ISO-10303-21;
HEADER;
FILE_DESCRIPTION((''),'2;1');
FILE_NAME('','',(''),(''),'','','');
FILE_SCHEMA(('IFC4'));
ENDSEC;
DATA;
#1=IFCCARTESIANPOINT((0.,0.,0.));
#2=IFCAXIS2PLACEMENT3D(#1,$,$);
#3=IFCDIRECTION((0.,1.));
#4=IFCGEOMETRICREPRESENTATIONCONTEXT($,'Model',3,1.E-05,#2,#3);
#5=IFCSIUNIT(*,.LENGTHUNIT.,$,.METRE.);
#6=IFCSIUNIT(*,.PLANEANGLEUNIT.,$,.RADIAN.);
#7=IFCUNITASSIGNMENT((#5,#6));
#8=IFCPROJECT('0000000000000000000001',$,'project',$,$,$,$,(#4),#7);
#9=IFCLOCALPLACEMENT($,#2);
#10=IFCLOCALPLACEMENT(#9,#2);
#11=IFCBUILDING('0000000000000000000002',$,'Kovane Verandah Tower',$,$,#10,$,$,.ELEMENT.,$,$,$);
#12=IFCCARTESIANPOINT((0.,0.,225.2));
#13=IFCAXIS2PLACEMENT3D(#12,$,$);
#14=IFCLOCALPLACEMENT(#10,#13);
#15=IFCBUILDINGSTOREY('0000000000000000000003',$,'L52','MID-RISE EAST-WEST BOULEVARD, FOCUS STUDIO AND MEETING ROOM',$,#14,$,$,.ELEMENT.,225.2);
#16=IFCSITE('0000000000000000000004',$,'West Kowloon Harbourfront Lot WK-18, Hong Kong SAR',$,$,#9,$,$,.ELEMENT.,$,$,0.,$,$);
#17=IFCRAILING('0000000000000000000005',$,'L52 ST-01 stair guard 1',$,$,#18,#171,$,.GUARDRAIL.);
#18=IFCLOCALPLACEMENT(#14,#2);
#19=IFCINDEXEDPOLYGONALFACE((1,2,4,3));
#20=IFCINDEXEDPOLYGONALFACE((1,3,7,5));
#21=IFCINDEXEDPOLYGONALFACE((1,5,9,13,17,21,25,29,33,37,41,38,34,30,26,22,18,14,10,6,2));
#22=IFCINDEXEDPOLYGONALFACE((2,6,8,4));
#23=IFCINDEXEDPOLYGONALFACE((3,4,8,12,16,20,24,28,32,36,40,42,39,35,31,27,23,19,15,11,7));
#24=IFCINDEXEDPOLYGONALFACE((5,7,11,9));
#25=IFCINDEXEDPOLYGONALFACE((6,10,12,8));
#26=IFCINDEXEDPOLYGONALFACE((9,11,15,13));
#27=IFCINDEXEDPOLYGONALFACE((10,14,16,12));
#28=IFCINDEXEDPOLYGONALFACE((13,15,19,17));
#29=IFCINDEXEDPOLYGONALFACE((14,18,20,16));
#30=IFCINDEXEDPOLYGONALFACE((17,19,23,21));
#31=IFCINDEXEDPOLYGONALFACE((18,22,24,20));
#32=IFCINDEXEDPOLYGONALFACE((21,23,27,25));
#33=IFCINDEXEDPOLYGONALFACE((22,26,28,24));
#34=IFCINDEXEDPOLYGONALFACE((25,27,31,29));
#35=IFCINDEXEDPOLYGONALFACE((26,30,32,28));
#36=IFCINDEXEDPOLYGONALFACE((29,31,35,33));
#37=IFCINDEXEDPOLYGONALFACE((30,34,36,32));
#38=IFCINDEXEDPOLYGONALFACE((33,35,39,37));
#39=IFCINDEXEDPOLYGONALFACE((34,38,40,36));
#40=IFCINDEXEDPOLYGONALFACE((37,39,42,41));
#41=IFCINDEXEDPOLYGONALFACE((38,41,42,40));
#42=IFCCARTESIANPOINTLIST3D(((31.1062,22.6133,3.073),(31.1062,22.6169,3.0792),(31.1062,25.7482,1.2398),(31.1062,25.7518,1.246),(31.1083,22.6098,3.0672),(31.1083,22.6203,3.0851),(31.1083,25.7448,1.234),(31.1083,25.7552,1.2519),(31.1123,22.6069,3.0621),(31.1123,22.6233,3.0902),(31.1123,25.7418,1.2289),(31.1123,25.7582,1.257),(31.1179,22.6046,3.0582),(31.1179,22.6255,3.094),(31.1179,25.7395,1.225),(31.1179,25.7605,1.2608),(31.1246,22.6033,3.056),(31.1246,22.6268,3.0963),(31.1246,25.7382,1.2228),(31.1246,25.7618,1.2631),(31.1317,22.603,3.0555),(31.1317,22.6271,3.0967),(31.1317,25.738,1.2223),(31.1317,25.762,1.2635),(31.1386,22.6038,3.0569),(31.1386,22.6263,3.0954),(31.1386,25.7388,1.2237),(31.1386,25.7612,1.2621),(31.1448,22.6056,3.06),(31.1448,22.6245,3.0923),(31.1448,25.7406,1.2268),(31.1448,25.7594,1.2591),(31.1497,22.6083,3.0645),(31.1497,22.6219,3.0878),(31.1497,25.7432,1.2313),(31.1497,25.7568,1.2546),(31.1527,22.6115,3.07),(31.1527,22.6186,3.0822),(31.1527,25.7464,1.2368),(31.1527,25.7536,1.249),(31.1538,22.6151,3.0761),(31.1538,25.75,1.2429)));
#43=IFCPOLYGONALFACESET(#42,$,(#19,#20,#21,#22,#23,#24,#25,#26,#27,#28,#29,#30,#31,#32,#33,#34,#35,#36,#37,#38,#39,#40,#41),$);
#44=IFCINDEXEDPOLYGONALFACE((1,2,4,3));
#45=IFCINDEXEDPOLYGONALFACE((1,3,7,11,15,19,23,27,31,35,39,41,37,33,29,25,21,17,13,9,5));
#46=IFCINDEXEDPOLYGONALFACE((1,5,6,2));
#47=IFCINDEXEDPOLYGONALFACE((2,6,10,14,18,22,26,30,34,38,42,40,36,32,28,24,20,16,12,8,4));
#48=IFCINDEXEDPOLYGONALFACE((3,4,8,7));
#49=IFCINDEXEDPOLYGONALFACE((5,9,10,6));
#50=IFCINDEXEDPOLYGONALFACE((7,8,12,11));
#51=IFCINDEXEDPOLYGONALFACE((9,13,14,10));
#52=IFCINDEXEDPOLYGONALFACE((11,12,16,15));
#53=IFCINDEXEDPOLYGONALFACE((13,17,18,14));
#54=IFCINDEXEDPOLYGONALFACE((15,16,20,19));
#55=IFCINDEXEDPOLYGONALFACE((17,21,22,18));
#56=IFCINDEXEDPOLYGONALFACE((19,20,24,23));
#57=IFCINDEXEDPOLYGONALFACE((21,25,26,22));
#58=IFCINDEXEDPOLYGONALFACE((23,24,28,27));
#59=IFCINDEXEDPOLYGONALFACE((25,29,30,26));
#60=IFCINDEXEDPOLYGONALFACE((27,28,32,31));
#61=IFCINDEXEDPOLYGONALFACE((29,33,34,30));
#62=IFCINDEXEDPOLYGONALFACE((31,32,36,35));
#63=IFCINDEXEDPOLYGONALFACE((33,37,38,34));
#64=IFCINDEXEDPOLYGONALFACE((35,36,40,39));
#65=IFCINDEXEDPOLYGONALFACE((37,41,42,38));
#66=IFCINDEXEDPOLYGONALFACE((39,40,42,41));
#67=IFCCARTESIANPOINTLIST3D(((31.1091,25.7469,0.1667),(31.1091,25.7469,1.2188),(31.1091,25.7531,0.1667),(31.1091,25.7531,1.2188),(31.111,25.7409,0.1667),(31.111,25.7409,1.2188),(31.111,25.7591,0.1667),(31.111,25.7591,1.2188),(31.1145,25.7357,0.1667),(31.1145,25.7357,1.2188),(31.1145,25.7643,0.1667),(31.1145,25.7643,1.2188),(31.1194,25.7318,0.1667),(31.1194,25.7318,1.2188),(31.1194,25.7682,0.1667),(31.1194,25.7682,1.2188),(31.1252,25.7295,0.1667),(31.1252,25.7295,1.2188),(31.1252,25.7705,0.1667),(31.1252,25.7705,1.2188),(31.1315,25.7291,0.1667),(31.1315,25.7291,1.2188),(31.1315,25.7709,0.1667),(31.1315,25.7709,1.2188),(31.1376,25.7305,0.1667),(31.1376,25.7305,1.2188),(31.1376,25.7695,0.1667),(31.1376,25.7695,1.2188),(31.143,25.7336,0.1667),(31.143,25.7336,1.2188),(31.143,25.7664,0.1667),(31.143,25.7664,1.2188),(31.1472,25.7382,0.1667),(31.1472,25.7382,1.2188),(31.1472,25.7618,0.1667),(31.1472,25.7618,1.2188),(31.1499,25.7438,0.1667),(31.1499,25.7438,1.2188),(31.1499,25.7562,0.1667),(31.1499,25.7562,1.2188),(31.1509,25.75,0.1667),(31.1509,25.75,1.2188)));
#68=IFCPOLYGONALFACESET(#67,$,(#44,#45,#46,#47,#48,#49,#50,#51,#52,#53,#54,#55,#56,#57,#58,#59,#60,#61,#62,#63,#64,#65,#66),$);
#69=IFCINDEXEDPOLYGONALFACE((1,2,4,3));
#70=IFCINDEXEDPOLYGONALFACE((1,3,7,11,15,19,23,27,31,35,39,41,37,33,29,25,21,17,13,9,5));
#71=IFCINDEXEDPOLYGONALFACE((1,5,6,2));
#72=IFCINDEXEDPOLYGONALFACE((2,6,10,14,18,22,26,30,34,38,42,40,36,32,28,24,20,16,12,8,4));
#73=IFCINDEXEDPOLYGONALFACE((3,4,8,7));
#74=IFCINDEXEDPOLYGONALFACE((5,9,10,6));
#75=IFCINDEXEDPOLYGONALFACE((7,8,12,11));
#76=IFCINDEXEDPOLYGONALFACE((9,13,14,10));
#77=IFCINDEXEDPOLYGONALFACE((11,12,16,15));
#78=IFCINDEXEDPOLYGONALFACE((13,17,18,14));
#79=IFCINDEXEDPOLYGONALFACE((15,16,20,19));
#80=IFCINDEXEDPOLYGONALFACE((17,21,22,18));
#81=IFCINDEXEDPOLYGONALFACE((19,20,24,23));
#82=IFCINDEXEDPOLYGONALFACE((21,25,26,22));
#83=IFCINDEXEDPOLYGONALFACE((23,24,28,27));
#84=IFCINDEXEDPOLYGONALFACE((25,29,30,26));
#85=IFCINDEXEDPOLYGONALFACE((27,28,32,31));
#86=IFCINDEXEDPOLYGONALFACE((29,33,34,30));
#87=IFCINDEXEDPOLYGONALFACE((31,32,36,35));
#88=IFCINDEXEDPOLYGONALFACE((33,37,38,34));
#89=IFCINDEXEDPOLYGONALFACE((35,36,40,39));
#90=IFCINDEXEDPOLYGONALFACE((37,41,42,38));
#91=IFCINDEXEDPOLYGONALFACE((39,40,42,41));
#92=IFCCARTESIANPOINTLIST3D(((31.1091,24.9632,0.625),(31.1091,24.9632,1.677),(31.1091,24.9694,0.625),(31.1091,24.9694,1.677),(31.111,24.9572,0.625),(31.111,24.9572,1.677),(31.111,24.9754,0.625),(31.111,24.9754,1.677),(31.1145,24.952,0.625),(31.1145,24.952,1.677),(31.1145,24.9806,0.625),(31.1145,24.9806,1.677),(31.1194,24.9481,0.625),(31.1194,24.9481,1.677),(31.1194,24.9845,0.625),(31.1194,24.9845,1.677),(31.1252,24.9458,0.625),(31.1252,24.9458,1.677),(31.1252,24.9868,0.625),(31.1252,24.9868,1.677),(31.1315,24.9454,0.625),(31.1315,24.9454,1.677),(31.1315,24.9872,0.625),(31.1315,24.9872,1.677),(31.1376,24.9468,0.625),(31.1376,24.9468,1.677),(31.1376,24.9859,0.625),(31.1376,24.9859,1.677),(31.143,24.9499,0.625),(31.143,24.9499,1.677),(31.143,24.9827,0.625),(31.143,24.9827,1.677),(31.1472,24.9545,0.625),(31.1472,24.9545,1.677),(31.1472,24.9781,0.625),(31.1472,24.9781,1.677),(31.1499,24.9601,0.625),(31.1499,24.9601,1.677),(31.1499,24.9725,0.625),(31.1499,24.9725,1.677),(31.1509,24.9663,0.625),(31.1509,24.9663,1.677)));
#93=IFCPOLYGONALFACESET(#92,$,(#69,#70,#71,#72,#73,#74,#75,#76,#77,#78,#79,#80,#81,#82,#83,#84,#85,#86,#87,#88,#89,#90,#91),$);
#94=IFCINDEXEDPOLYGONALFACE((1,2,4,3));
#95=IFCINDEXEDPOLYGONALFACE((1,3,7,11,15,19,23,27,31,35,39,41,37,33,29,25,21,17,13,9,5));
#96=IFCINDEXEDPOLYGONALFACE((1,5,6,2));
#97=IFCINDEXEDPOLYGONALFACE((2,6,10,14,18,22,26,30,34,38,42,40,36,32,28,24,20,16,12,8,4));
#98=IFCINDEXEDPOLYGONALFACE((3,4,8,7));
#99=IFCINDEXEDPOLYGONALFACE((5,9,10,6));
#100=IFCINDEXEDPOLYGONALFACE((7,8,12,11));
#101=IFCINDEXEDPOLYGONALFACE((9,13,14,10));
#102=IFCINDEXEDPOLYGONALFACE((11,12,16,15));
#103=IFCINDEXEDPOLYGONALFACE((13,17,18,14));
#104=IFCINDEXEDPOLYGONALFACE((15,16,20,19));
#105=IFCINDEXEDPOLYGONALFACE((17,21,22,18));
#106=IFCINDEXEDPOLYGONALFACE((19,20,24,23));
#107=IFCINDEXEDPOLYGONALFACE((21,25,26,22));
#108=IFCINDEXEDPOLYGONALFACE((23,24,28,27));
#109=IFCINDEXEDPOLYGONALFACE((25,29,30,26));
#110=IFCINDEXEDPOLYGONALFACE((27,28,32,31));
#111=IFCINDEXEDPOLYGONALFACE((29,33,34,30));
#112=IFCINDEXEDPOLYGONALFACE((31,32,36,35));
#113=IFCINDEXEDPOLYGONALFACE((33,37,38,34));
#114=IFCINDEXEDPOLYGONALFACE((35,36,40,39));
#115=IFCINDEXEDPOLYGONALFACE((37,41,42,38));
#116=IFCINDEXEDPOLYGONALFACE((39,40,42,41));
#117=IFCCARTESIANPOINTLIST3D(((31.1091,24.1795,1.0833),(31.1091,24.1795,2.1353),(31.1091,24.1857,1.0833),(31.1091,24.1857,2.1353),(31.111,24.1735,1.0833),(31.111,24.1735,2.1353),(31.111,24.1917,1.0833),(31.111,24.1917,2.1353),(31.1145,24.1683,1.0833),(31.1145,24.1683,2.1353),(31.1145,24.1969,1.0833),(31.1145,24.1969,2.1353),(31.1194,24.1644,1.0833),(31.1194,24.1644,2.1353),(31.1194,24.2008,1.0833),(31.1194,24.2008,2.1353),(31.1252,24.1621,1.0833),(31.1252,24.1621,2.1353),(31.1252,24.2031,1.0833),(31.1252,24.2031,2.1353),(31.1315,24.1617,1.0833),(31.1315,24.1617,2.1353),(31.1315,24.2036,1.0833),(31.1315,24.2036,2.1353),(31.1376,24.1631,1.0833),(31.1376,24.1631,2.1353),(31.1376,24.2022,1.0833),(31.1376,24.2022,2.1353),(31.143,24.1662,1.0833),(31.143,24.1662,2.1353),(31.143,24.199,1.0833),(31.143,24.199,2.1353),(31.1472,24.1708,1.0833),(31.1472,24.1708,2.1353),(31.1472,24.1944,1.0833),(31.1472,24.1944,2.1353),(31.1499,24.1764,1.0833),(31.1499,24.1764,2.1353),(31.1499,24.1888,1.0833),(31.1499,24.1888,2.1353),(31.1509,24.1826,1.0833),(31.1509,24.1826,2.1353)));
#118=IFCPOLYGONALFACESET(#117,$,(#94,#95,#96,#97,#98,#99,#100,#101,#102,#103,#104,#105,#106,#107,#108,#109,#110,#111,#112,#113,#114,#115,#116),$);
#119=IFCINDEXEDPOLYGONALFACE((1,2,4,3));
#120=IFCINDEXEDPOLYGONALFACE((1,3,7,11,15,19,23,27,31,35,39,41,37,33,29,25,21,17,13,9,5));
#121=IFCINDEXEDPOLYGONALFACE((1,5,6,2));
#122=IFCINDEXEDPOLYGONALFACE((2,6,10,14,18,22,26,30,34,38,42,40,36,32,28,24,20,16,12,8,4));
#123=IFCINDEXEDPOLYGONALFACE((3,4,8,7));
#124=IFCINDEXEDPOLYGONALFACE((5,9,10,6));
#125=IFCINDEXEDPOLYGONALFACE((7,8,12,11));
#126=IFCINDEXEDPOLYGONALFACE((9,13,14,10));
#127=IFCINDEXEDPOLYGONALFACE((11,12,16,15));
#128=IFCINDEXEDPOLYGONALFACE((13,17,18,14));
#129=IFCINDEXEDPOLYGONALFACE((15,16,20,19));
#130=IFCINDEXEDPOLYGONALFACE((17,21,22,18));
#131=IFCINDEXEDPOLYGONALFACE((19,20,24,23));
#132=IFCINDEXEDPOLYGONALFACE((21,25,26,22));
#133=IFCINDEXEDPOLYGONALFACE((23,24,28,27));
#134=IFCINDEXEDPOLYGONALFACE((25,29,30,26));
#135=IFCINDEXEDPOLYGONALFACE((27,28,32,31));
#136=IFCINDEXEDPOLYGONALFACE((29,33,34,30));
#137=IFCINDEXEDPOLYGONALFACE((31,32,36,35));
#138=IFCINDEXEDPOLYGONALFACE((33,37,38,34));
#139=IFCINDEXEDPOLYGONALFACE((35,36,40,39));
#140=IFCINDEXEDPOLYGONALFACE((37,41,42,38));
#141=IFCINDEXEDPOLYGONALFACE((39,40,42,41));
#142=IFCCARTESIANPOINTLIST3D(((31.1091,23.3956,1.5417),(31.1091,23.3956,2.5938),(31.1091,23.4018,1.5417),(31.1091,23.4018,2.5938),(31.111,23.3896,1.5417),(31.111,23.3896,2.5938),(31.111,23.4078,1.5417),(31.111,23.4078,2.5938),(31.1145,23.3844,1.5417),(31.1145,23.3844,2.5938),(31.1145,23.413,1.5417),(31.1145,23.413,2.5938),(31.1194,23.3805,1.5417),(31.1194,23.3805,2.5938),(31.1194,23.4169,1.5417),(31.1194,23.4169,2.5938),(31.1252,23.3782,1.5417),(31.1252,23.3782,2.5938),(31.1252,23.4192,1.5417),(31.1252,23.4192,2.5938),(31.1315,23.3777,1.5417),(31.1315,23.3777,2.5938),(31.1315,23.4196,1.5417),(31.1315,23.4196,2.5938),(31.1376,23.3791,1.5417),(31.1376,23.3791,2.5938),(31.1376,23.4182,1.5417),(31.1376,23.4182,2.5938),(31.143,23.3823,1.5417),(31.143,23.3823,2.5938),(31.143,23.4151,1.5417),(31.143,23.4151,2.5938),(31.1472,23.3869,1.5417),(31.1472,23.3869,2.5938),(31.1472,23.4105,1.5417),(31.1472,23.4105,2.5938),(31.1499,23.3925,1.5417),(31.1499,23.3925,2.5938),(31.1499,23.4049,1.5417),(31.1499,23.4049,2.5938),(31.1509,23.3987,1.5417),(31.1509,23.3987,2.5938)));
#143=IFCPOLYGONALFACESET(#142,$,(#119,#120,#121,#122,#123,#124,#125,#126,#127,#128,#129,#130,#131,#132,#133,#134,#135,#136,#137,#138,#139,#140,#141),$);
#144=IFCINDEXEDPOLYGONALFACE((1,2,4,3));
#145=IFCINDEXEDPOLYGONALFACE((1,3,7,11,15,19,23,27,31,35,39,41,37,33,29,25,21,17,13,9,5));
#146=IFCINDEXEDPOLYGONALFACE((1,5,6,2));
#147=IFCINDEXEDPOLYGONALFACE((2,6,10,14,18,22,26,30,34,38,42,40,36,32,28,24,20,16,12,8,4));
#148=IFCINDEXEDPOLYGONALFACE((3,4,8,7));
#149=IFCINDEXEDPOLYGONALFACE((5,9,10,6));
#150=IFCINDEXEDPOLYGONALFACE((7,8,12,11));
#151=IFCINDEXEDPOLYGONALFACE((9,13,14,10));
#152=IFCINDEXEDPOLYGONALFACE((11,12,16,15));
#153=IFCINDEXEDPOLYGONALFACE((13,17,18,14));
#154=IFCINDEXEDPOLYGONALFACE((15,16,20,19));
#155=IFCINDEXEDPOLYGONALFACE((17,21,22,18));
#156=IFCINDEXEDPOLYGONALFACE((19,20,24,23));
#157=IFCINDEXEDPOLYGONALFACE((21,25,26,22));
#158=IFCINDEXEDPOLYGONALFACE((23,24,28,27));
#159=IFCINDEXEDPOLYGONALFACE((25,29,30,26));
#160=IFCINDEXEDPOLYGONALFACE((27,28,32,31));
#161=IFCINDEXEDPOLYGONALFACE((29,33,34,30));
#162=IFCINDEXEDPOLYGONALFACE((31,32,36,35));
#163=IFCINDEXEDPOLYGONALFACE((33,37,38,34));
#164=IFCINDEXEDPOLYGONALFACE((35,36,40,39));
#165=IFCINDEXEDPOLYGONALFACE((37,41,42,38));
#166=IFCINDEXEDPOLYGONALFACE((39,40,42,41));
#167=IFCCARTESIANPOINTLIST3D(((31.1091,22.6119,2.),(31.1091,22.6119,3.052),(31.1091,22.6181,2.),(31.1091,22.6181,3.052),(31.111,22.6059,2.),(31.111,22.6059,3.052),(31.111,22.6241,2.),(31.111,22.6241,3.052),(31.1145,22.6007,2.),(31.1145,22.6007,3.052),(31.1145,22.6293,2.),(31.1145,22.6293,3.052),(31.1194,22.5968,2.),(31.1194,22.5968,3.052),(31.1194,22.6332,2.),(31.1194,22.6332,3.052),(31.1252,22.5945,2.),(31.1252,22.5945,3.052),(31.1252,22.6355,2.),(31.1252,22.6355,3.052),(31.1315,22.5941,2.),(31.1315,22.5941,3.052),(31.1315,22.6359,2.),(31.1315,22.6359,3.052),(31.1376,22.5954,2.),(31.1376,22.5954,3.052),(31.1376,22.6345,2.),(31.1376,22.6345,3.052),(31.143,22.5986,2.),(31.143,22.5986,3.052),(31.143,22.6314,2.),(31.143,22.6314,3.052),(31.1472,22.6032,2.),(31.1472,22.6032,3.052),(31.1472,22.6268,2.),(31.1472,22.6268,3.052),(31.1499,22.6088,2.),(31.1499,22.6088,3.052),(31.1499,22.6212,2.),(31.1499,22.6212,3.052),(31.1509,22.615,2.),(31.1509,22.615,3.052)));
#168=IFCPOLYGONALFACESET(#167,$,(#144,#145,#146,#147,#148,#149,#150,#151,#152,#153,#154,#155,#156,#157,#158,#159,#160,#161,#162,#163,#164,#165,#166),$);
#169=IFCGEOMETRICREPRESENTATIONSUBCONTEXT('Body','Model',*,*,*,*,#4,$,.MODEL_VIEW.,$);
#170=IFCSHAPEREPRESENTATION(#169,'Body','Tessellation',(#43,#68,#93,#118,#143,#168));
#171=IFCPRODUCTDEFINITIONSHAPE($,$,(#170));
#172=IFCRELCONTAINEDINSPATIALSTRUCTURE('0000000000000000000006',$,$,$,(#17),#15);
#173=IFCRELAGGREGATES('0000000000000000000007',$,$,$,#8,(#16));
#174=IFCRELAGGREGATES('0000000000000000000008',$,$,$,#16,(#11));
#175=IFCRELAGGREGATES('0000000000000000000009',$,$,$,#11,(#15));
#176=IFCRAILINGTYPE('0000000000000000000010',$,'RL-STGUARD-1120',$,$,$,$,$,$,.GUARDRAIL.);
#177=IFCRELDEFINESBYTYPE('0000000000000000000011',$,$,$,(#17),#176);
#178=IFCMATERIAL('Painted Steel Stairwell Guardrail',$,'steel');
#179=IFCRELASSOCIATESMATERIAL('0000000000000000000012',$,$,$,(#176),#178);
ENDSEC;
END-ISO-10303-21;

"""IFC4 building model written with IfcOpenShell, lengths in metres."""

from ifc_helpers import new_model, si_unit, direction, frame, origin, origin_2d, place, context, subcontext, project, spatial, circle, extrude, material, type_object, element, save


model = new_model("IFC4")

# Units and contexts
model_context = context("Model", 3, precision=1e-05, world=origin(), true_north=direction((0.0, 1.0)))
body_context = subcontext(model_context, "Body", "Model", "MODEL_VIEW")
ifc_project = project(units=[si_unit("LENGTHUNIT", "METRE"), si_unit("PLANEANGLEUNIT", "RADIAN")], contexts=[model_context])

# Site, building, storey
site_placement = place(None, origin())
site = spatial("IfcSite", under=ifc_project, at=site_placement, Name="West Kowloon Harbourfront Lot WK-18, Hong Kong SAR", CompositionType="ELEMENT", RefElevation=0.0)
building_placement = place(site_placement, origin())
building = spatial("IfcBuilding", under=site, at=building_placement, Name="Kovane Verandah Tower", CompositionType="ELEMENT")
storey_placement = place(building_placement, frame((0.0, 0.0, 225.2)))
storey = spatial("IfcBuildingStorey", under=building, at=storey_placement, Name="L52", Description="MID-RISE EAST-WEST BOULEVARD, FOCUS STUDIO AND MEETING ROOM", CompositionType="ELEMENT", Elevation=225.2)

# Railing
ifc_material_1 = material(Name="Painted Steel Stairwell Guardrail", Category="steel")
railing_type_1 = type_object("IfcRailingType", Name="RL-STGUARD-1120", PredefinedType="GUARDRAIL", material=ifc_material_1)
railing_1_placement = place(storey_placement, frame((31.1299, 25.75, 0.1667)))
element("IfcRailing", 1, at=railing_1_placement, inside=storey, type_object=railing_type_1, Name="L52 ST-01 stair guard 1", PredefinedType="GUARDRAIL", context=body_context, shape_type="SweptSolid", body=[
    extrude(circle(Radius=0.0239, at=origin_2d()), frame((0.0, 0.0, 1.0762), z_axis=(0.0, -0.86324, 0.504794), x_axis=(1.0, 0.0, 0.0)), (0.0, 0.0, 1.0), 3.6316),
    extrude(circle(Radius=0.021, at=origin_2d()), origin(), (0.0, 0.0, 1.0), 1.052),
    extrude(circle(Radius=0.021, at=origin_2d()), frame((0.0, -0.7837, 0.4583)), (0.0, 0.0, 1.0), 1.052),
    extrude(circle(Radius=0.021, at=origin_2d()), frame((0.0, -1.5674, 0.9165)), (0.0, 0.0, 1.0), 1.052),
    extrude(circle(Radius=0.021, at=origin_2d()), frame((0.0, -2.3513, 1.375)), (0.0, 0.0, 1.0), 1.052),
    extrude(circle(Radius=0.021, at=origin_2d()), frame((0.0, -3.135, 1.8333)), (0.0, 0.0, 1.0), 1.052),
])

save(model, "model.ifc")
